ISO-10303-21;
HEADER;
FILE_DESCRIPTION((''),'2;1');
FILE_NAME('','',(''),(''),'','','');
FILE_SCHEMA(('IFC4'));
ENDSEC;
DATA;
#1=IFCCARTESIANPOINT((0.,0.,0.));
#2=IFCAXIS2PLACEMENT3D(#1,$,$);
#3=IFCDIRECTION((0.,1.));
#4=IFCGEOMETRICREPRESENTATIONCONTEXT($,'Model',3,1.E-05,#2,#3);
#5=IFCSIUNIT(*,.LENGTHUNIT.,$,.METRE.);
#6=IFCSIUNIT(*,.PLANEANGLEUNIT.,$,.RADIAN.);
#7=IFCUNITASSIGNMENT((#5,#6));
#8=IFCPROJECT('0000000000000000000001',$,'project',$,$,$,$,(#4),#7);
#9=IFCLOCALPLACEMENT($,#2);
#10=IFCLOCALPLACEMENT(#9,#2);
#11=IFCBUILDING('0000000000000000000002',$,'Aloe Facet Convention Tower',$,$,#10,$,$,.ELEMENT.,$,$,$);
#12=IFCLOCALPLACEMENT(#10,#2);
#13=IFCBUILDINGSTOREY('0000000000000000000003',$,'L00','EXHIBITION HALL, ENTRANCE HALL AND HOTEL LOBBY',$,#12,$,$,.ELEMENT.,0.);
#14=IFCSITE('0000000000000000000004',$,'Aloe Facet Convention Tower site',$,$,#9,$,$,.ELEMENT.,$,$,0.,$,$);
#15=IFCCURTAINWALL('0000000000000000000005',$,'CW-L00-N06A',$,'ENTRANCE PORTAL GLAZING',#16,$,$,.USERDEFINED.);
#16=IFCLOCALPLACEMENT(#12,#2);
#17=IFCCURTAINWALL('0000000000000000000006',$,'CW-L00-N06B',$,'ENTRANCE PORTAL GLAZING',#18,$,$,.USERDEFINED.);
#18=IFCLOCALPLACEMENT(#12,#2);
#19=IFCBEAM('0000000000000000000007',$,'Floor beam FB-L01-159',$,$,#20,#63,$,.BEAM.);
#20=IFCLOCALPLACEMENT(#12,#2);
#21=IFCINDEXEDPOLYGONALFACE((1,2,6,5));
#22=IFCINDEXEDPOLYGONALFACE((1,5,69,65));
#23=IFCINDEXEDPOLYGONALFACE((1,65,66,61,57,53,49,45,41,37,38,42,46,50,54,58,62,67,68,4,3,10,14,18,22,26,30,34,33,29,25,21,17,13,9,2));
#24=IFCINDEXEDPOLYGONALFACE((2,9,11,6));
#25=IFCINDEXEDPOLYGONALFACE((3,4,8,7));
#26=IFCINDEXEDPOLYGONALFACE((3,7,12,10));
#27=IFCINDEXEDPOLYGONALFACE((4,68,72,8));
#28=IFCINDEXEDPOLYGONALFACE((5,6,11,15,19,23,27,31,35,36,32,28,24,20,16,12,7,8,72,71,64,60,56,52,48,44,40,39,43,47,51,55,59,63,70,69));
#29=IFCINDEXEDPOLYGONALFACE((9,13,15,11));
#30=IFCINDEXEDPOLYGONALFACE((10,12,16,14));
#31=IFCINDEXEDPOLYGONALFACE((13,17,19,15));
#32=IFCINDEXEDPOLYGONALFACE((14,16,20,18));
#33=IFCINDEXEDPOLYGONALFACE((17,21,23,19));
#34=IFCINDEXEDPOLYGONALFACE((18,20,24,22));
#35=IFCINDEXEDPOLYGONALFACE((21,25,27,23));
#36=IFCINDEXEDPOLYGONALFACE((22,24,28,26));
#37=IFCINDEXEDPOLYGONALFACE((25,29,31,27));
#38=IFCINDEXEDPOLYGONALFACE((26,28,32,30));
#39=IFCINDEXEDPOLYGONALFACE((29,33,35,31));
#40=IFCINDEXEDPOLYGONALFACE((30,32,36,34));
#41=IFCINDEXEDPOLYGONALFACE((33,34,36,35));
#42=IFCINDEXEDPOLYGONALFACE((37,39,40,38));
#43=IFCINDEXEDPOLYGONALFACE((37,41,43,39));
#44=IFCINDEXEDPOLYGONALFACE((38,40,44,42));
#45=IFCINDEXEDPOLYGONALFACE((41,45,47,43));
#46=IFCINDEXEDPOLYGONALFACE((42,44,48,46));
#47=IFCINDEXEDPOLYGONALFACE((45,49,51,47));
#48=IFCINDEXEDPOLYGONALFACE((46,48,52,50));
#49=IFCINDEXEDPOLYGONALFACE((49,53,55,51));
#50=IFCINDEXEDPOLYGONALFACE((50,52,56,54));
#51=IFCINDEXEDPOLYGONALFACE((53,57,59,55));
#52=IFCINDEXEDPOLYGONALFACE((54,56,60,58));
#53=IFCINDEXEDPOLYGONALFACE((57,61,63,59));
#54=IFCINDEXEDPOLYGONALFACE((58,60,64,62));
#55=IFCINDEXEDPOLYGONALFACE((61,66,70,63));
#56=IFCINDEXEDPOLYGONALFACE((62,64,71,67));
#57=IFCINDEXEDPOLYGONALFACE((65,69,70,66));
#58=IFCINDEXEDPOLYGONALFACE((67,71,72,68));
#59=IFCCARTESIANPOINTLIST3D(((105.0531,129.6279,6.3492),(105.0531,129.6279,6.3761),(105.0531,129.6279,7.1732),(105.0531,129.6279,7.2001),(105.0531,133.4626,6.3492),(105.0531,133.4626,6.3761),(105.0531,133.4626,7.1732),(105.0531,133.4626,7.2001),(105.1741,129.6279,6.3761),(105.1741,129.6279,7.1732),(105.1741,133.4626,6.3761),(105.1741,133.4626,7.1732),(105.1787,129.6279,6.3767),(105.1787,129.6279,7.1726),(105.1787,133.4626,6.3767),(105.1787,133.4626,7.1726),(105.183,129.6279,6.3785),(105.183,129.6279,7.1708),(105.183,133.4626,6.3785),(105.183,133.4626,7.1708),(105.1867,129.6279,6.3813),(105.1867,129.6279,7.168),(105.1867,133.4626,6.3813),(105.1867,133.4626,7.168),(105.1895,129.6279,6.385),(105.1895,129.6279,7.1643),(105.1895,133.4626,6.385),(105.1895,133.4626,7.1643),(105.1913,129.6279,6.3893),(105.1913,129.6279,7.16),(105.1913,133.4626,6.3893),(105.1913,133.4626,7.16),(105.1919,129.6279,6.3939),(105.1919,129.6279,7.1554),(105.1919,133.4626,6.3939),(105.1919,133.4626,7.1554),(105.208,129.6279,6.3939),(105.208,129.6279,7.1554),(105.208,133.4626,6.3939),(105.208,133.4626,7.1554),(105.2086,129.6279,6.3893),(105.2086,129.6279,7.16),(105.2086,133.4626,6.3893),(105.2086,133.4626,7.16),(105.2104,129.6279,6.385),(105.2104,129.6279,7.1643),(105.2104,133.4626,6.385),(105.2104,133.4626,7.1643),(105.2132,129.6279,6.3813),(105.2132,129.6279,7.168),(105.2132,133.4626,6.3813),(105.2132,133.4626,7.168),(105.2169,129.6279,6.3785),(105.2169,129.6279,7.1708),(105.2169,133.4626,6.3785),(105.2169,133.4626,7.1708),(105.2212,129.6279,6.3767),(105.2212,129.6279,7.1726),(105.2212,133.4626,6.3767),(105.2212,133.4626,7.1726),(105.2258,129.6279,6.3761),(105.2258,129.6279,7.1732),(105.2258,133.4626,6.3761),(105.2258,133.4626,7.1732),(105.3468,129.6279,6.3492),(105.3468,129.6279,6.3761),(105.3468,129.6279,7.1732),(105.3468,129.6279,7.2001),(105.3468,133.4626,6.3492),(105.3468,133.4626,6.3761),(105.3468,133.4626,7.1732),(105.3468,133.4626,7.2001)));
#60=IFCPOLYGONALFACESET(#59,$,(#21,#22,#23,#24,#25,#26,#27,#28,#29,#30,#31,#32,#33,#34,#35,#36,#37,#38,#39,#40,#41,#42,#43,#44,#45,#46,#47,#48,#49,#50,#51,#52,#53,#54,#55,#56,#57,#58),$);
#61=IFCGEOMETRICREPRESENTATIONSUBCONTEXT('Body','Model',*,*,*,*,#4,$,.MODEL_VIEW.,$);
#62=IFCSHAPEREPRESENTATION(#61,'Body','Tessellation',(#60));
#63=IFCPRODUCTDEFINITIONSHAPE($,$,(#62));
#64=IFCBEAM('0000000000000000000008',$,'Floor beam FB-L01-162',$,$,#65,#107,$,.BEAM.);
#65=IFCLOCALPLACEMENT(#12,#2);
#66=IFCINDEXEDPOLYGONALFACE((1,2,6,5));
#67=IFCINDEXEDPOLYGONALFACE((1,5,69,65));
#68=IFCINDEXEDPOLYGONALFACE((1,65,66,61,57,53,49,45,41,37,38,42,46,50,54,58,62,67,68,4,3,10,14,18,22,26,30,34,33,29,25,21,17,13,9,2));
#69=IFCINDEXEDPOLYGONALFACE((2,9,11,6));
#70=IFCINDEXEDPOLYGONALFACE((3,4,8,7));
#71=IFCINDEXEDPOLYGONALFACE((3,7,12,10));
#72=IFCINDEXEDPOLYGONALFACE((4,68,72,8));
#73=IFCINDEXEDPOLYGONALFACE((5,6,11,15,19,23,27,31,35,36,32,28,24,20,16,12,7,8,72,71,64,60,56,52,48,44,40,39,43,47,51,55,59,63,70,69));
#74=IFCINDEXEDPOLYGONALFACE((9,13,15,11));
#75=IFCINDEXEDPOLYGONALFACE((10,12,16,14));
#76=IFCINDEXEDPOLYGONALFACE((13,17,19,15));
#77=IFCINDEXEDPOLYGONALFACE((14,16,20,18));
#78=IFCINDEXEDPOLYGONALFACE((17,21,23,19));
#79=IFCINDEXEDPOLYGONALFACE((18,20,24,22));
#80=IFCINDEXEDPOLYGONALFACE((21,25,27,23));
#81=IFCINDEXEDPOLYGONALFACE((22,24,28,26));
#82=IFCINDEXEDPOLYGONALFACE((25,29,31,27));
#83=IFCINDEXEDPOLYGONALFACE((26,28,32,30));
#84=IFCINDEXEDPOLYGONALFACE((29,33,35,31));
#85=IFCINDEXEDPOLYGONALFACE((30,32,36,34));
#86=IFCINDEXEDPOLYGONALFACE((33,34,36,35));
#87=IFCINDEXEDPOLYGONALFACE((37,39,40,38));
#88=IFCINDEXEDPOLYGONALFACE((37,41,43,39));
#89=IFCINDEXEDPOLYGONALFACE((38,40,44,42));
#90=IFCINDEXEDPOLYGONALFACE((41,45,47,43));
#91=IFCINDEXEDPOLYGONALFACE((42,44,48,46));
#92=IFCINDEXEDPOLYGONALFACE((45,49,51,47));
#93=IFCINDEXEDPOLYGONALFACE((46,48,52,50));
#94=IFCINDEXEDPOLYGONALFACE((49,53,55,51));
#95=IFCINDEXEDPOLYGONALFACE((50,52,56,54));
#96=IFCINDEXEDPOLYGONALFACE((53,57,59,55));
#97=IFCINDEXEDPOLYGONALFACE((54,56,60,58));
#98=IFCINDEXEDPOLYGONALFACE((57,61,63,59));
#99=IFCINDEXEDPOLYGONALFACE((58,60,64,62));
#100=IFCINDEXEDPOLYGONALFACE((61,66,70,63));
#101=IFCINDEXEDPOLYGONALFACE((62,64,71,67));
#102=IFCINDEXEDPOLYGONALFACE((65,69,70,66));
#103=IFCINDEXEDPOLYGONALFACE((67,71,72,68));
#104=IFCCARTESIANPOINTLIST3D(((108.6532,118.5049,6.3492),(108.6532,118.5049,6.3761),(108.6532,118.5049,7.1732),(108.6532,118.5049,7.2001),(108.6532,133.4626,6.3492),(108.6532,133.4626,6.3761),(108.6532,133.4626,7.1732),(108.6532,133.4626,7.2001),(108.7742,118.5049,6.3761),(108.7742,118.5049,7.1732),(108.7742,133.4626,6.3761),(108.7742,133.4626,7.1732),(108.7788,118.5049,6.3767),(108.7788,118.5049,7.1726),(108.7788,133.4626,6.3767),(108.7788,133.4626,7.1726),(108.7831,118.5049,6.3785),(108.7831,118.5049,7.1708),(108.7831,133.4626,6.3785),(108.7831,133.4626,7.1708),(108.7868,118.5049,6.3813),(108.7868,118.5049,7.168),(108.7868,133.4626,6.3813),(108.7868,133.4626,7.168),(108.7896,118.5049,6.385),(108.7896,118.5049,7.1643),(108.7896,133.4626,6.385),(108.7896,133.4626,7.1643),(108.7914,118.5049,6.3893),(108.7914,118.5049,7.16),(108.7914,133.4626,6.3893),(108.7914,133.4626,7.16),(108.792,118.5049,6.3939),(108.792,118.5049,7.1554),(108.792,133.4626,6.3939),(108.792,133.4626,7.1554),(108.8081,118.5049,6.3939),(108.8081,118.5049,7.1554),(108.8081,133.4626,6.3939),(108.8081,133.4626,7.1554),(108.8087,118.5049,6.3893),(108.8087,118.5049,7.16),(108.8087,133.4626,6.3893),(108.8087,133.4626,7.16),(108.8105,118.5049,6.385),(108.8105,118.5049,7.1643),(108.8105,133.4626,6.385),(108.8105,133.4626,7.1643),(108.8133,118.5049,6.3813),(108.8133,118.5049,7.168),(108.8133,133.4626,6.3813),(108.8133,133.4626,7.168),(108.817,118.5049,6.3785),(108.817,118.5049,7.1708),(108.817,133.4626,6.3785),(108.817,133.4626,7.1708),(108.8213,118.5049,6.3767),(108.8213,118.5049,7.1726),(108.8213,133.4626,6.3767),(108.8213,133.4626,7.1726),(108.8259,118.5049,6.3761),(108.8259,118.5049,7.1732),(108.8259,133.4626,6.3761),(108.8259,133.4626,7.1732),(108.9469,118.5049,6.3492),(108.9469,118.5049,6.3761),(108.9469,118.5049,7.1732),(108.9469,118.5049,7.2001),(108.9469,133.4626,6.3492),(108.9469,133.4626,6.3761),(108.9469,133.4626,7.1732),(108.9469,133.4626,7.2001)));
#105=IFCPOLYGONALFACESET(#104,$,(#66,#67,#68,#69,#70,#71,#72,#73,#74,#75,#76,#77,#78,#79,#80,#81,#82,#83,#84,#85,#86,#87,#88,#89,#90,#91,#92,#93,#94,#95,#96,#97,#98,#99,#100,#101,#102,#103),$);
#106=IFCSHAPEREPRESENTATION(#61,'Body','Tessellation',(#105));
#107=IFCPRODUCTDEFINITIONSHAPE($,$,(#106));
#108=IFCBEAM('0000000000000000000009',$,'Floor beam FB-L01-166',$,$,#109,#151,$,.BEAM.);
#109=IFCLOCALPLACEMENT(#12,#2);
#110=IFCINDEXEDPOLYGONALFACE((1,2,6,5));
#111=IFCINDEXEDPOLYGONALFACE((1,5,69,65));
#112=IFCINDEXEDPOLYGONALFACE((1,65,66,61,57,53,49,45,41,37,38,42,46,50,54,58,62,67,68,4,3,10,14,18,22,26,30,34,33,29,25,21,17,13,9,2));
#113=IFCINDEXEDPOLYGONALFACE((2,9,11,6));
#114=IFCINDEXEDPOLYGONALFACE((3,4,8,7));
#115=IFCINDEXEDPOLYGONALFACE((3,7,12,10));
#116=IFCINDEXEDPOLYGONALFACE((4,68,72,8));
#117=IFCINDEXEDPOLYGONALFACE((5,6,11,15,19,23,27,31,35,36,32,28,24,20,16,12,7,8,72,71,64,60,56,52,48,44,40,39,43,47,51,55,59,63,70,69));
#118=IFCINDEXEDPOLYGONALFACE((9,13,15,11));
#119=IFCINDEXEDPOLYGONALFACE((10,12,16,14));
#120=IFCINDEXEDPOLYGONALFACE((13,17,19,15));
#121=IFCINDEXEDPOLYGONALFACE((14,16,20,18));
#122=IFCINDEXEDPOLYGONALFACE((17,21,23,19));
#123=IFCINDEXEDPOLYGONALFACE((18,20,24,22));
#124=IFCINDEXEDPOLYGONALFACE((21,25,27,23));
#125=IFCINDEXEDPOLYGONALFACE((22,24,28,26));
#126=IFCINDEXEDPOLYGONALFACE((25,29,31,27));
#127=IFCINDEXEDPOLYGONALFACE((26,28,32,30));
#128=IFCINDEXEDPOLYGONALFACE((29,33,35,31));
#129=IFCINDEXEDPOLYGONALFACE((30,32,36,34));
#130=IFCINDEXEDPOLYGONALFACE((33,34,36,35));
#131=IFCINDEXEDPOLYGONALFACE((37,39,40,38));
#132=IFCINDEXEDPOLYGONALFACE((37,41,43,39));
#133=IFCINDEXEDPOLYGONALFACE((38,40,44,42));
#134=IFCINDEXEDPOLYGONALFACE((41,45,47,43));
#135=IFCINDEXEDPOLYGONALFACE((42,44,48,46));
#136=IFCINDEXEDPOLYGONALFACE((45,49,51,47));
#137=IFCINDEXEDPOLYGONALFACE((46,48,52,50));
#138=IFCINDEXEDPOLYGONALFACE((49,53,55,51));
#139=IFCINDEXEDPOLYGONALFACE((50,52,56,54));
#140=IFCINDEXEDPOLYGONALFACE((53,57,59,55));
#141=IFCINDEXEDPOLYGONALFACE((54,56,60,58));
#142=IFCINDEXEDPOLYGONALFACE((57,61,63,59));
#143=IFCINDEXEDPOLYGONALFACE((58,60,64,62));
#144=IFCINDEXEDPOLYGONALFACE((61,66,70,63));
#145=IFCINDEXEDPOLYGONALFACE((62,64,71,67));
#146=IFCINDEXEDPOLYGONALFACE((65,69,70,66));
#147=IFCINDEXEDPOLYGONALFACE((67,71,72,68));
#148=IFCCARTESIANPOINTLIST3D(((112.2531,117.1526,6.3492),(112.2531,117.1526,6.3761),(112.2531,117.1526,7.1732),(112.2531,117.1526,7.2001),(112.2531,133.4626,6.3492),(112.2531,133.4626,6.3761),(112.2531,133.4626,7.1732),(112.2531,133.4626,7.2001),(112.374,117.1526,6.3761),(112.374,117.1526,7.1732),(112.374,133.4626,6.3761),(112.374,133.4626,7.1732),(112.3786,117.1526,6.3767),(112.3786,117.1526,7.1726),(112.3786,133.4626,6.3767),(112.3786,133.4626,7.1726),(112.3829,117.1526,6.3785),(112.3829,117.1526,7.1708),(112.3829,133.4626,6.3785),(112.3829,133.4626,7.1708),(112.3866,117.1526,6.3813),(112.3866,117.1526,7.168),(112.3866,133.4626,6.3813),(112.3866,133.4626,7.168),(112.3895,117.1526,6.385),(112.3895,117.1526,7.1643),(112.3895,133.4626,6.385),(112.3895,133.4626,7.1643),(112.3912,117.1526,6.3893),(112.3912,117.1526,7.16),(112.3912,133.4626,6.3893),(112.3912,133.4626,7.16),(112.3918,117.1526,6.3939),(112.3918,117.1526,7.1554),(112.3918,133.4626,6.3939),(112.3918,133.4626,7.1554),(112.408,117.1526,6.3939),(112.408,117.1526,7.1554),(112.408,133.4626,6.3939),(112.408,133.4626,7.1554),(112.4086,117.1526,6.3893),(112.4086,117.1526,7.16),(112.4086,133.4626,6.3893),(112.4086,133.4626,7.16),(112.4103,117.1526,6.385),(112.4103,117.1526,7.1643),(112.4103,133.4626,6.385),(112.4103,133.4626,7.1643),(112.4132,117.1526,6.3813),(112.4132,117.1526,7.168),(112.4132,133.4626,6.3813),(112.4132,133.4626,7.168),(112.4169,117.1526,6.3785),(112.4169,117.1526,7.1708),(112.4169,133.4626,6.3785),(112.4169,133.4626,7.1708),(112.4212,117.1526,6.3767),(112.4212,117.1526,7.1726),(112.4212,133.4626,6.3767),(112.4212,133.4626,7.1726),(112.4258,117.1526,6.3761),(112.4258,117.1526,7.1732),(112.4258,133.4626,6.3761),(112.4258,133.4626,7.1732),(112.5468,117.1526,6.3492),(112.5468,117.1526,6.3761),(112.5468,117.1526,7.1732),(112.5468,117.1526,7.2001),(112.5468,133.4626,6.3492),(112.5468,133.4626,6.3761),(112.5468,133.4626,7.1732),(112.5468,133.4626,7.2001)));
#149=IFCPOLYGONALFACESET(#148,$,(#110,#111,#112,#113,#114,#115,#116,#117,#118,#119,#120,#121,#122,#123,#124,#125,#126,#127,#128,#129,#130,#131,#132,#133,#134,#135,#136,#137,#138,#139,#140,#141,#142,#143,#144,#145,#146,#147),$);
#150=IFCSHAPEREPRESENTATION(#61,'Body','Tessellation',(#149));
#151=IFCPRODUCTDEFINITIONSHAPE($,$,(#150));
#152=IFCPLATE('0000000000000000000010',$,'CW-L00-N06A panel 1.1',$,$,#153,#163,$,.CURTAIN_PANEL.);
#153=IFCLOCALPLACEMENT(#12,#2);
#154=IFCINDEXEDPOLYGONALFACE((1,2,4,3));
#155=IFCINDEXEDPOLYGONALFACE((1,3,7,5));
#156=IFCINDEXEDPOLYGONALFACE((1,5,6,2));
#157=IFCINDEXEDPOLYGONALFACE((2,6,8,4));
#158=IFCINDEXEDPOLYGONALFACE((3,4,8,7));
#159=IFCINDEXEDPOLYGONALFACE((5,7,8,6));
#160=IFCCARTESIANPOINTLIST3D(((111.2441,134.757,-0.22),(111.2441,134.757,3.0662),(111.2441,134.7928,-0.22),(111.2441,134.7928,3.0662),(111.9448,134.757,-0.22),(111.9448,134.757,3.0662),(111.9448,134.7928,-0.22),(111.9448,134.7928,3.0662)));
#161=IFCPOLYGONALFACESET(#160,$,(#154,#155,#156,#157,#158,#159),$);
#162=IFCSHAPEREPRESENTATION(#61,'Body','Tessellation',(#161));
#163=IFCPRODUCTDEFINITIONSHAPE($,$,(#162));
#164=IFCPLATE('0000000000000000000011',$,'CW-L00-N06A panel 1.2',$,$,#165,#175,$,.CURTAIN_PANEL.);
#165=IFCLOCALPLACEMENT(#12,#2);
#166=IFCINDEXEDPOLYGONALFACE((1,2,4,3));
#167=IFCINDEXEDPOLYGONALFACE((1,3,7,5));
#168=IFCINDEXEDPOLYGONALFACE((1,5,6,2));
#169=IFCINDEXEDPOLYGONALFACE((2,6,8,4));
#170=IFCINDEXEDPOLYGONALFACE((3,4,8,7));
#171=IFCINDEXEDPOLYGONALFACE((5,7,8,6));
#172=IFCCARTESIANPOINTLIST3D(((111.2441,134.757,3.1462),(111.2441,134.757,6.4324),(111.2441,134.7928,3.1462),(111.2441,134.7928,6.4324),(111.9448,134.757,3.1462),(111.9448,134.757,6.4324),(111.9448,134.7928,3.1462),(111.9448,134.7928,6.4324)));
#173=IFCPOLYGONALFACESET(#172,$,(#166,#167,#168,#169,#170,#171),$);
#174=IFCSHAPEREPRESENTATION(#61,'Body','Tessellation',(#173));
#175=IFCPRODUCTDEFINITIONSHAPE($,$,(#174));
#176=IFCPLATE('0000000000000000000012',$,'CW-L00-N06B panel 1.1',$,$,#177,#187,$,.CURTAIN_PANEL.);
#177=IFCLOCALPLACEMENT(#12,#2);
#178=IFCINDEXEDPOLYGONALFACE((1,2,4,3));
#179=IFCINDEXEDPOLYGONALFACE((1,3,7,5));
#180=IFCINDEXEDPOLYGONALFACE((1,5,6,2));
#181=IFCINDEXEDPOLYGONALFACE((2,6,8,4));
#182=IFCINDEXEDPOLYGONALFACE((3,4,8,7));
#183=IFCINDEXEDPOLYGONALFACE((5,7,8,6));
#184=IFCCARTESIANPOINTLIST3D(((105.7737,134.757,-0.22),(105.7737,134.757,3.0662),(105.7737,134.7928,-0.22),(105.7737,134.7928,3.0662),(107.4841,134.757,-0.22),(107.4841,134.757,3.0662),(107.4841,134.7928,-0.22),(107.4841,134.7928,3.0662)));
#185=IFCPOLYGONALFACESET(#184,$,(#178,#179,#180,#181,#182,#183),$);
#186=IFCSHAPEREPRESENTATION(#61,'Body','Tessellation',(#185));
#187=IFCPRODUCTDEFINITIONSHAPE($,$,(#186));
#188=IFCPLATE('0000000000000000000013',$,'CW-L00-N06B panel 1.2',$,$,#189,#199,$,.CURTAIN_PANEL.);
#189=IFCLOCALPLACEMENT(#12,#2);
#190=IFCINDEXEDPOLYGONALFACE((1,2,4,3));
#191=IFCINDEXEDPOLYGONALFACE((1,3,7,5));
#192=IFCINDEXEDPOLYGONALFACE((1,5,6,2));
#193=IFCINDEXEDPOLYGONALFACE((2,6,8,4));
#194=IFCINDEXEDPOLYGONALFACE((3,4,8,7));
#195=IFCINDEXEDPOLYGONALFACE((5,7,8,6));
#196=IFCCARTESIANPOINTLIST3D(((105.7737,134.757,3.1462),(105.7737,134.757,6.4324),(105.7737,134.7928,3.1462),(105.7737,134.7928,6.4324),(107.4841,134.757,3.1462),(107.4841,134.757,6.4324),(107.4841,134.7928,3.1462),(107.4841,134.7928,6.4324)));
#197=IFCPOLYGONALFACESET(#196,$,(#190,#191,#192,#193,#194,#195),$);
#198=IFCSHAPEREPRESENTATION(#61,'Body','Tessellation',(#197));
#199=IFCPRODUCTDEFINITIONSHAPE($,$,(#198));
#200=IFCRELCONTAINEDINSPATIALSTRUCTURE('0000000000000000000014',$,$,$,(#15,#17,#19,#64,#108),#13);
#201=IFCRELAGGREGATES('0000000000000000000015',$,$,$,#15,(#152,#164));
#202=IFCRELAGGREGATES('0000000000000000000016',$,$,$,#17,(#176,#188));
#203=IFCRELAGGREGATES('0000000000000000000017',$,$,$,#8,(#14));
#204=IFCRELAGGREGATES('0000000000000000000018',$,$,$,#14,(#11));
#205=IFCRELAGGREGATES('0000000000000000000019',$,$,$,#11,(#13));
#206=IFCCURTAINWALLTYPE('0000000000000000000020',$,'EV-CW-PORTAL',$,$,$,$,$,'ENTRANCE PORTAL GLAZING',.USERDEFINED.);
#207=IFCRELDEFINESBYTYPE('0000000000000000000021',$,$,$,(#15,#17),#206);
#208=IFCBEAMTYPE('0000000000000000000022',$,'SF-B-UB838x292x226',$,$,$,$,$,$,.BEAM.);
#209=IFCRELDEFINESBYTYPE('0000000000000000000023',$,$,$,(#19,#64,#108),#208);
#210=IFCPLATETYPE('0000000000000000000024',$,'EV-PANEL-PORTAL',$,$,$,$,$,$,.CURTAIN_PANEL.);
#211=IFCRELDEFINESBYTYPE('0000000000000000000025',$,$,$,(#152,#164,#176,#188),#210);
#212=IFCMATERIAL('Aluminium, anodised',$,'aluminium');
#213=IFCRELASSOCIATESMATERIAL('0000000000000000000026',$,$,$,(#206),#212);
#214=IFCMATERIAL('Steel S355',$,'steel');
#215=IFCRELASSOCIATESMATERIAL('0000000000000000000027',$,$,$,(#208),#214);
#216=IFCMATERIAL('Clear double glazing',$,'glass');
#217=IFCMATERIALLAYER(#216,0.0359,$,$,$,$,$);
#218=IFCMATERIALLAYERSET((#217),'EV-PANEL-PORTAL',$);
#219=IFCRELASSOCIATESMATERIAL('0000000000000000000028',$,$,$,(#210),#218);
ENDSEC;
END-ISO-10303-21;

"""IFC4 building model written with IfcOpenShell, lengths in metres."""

from ifc_helpers import new_model, si_unit, direction, frame, origin, origin_2d, place, context, subcontext, project, spatial, rectangle, i_section, extrude, material, layer, layer_set, material_profile, profile_set, type_object, element, aggregate, save


model = new_model("IFC4")

# Units and contexts
model_context = context("Model", 3, precision=1e-05, world=origin(), true_north=direction((0.0, 1.0)))
body_context = subcontext(model_context, "Body", "Model", "MODEL_VIEW")
ifc_project = project(units=[si_unit("LENGTHUNIT", "METRE"), si_unit("PLANEANGLEUNIT", "RADIAN")], contexts=[model_context])

# Site, building, storey
site_placement = place(None, origin())
site = spatial("IfcSite", under=ifc_project, at=site_placement, Name="Aloe Facet Convention Tower site", CompositionType="ELEMENT", RefElevation=0.0)
building_placement = place(site_placement, origin())
building = spatial("IfcBuilding", under=site, at=building_placement, Name="Aloe Facet Convention Tower", CompositionType="ELEMENT")
storey_placement = place(building_placement, origin())
storey = spatial("IfcBuildingStorey", under=building, at=storey_placement, Name="L00", Description="EXHIBITION HALL, ENTRANCE HALL AND HOTEL LOBBY", CompositionType="ELEMENT", Elevation=0.0)

# Curtain walls
ifc_material_1 = material(Name="Aluminium, anodised", Category="aluminium")
curtain_wall_type = type_object("IfcCurtainWallType", Name="EV-CW-PORTAL", ElementType="ENTRANCE PORTAL GLAZING", PredefinedType="USERDEFINED", material=ifc_material_1)
curtain_wall_1_placement = place(storey_placement, origin())
curtain_wall_1 = element("IfcCurtainWall", 1, at=curtain_wall_1_placement, inside=storey, type_object=curtain_wall_type, Name="CW-L00-N06A", ObjectType="ENTRANCE PORTAL GLAZING", PredefinedType="USERDEFINED")
curtain_wall_2_placement = place(storey_placement, origin())
curtain_wall_2 = element("IfcCurtainWall", 2, at=curtain_wall_2_placement, inside=storey, type_object=curtain_wall_type, Name="CW-L00-N06B", ObjectType="ENTRANCE PORTAL GLAZING", PredefinedType="USERDEFINED")

# Beams
ifc_material_2 = material(Name="Steel S355", Category="steel")
ifc_material_profile_1 = material_profile(ifc_material_2, i_section(OverallWidth=0.2937, OverallDepth=0.8508, WebThickness=0.0161, FlangeThickness=0.0269, FilletRadius=0.0178, at=origin_2d()), Name="UB 838x292x226")
ifc_profile_set_1 = profile_set([ifc_material_profile_1], Name="Steel S355")
beam_type_1 = type_object("IfcBeamType", Name="SF-B-UB838x292x226", PredefinedType="BEAM", material=ifc_profile_set_1)
beam_1_placement = place(storey_placement, frame((105.2, 129.6279, 6.7747), z_axis=(0.0, 1.0, 0.0), x_axis=(-1.0, 0.0, 0.0)))
element("IfcBeam", 3, at=beam_1_placement, inside=storey, type_object=beam_type_1, Name="Floor beam FB-L01-159", PredefinedType="BEAM", context=body_context, shape_type="SweptSolid", body=[
    extrude(i_section(OverallWidth=0.2937, OverallDepth=0.8508, WebThickness=0.0161, FlangeThickness=0.0269, FilletRadius=0.0178, at=origin_2d()), origin(), (0.0, 0.0, 1.0), 3.8347),
])
beam_2_placement = place(storey_placement, frame((108.8, 118.5049, 6.7747), z_axis=(0.0, 1.0, 0.0), x_axis=(-1.0, 0.0, 0.0)))
element("IfcBeam", 4, at=beam_2_placement, inside=storey, type_object=beam_type_1, Name="Floor beam FB-L01-162", PredefinedType="BEAM", context=body_context, shape_type="SweptSolid", body=[
    extrude(i_section(OverallWidth=0.2937, OverallDepth=0.8508, WebThickness=0.0161, FlangeThickness=0.0269, FilletRadius=0.0178, at=origin_2d()), origin(), (0.0, 0.0, 1.0), 14.9578),
])
beam_3_placement = place(storey_placement, frame((112.3999, 117.1526, 6.7747), z_axis=(0.0, 1.0, 0.0), x_axis=(-1.0, 0.0, 0.0)))
element("IfcBeam", 5, at=beam_3_placement, inside=storey, type_object=beam_type_1, Name="Floor beam FB-L01-166", PredefinedType="BEAM", context=body_context, shape_type="SweptSolid", body=[
    extrude(i_section(OverallWidth=0.2937, OverallDepth=0.8508, WebThickness=0.0161, FlangeThickness=0.0269, FilletRadius=0.0178, at=origin_2d()), origin(), (0.0, 0.0, 1.0), 16.3101),
])

# Plates
ifc_material_3 = material(Name="Clear double glazing", Category="glass")
ifc_layer_1 = layer(ifc_material_3, 0.0359)
ifc_layer_set_1 = layer_set([ifc_layer_1], Name="EV-PANEL-PORTAL")
plate_type = type_object("IfcPlateType", Name="EV-PANEL-PORTAL", PredefinedType="CURTAIN_PANEL", material=ifc_layer_set_1)
plate_1_placement = place(storey_placement, frame((111.5945, 134.7749, -0.22), z_axis=(0.0, 0.0, 1.0), x_axis=(-1.0, 0.0, 0.0)))
plate_1 = element("IfcPlate", 6, at=plate_1_placement, type_object=plate_type, Name="CW-L00-N06A panel 1.1", PredefinedType="CURTAIN_PANEL", context=body_context, shape_type="SweptSolid", body=[
    extrude(rectangle(XDim=0.7007, YDim=0.0359, at=origin_2d()), origin(), (0.0, 0.0, 1.0), 3.2861),
])
plate_2_placement = place(storey_placement, frame((111.5945, 134.7749, 3.1462), z_axis=(0.0, 0.0, 1.0), x_axis=(-1.0, 0.0, 0.0)))
plate_2 = element("IfcPlate", 7, at=plate_2_placement, type_object=plate_type, Name="CW-L00-N06A panel 1.2", PredefinedType="CURTAIN_PANEL", context=body_context, shape_type="SweptSolid", body=[
    extrude(rectangle(XDim=0.7007, YDim=0.0359, at=origin_2d()), origin(), (0.0, 0.0, 1.0), 3.2861),
])
aggregate(curtain_wall_1, [plate_1, plate_2])
plate_3_placement = place(storey_placement, frame((106.6289, 134.7749, -0.22), z_axis=(0.0, 0.0, 1.0), x_axis=(-1.0, 0.0, 0.0)))
plate_3 = element("IfcPlate", 8, at=plate_3_placement, type_object=plate_type, Name="CW-L00-N06B panel 1.1", PredefinedType="CURTAIN_PANEL", context=body_context, shape_type="SweptSolid", body=[
    extrude(rectangle(XDim=1.7104, YDim=0.0359, at=origin_2d()), origin(), (0.0, 0.0, 1.0), 3.2861),
])
plate_4_placement = place(storey_placement, frame((106.6289, 134.7749, 3.1462), z_axis=(0.0, 0.0, 1.0), x_axis=(-1.0, 0.0, 0.0)))
plate_4 = element("IfcPlate", 9, at=plate_4_placement, type_object=plate_type, Name="CW-L00-N06B panel 1.2", PredefinedType="CURTAIN_PANEL", context=body_context, shape_type="SweptSolid", body=[
    extrude(rectangle(XDim=1.7104, YDim=0.0359, at=origin_2d()), origin(), (0.0, 0.0, 1.0), 3.2861),
])
aggregate(curtain_wall_2, [plate_3, plate_4])

save(model, "model.ifc")
